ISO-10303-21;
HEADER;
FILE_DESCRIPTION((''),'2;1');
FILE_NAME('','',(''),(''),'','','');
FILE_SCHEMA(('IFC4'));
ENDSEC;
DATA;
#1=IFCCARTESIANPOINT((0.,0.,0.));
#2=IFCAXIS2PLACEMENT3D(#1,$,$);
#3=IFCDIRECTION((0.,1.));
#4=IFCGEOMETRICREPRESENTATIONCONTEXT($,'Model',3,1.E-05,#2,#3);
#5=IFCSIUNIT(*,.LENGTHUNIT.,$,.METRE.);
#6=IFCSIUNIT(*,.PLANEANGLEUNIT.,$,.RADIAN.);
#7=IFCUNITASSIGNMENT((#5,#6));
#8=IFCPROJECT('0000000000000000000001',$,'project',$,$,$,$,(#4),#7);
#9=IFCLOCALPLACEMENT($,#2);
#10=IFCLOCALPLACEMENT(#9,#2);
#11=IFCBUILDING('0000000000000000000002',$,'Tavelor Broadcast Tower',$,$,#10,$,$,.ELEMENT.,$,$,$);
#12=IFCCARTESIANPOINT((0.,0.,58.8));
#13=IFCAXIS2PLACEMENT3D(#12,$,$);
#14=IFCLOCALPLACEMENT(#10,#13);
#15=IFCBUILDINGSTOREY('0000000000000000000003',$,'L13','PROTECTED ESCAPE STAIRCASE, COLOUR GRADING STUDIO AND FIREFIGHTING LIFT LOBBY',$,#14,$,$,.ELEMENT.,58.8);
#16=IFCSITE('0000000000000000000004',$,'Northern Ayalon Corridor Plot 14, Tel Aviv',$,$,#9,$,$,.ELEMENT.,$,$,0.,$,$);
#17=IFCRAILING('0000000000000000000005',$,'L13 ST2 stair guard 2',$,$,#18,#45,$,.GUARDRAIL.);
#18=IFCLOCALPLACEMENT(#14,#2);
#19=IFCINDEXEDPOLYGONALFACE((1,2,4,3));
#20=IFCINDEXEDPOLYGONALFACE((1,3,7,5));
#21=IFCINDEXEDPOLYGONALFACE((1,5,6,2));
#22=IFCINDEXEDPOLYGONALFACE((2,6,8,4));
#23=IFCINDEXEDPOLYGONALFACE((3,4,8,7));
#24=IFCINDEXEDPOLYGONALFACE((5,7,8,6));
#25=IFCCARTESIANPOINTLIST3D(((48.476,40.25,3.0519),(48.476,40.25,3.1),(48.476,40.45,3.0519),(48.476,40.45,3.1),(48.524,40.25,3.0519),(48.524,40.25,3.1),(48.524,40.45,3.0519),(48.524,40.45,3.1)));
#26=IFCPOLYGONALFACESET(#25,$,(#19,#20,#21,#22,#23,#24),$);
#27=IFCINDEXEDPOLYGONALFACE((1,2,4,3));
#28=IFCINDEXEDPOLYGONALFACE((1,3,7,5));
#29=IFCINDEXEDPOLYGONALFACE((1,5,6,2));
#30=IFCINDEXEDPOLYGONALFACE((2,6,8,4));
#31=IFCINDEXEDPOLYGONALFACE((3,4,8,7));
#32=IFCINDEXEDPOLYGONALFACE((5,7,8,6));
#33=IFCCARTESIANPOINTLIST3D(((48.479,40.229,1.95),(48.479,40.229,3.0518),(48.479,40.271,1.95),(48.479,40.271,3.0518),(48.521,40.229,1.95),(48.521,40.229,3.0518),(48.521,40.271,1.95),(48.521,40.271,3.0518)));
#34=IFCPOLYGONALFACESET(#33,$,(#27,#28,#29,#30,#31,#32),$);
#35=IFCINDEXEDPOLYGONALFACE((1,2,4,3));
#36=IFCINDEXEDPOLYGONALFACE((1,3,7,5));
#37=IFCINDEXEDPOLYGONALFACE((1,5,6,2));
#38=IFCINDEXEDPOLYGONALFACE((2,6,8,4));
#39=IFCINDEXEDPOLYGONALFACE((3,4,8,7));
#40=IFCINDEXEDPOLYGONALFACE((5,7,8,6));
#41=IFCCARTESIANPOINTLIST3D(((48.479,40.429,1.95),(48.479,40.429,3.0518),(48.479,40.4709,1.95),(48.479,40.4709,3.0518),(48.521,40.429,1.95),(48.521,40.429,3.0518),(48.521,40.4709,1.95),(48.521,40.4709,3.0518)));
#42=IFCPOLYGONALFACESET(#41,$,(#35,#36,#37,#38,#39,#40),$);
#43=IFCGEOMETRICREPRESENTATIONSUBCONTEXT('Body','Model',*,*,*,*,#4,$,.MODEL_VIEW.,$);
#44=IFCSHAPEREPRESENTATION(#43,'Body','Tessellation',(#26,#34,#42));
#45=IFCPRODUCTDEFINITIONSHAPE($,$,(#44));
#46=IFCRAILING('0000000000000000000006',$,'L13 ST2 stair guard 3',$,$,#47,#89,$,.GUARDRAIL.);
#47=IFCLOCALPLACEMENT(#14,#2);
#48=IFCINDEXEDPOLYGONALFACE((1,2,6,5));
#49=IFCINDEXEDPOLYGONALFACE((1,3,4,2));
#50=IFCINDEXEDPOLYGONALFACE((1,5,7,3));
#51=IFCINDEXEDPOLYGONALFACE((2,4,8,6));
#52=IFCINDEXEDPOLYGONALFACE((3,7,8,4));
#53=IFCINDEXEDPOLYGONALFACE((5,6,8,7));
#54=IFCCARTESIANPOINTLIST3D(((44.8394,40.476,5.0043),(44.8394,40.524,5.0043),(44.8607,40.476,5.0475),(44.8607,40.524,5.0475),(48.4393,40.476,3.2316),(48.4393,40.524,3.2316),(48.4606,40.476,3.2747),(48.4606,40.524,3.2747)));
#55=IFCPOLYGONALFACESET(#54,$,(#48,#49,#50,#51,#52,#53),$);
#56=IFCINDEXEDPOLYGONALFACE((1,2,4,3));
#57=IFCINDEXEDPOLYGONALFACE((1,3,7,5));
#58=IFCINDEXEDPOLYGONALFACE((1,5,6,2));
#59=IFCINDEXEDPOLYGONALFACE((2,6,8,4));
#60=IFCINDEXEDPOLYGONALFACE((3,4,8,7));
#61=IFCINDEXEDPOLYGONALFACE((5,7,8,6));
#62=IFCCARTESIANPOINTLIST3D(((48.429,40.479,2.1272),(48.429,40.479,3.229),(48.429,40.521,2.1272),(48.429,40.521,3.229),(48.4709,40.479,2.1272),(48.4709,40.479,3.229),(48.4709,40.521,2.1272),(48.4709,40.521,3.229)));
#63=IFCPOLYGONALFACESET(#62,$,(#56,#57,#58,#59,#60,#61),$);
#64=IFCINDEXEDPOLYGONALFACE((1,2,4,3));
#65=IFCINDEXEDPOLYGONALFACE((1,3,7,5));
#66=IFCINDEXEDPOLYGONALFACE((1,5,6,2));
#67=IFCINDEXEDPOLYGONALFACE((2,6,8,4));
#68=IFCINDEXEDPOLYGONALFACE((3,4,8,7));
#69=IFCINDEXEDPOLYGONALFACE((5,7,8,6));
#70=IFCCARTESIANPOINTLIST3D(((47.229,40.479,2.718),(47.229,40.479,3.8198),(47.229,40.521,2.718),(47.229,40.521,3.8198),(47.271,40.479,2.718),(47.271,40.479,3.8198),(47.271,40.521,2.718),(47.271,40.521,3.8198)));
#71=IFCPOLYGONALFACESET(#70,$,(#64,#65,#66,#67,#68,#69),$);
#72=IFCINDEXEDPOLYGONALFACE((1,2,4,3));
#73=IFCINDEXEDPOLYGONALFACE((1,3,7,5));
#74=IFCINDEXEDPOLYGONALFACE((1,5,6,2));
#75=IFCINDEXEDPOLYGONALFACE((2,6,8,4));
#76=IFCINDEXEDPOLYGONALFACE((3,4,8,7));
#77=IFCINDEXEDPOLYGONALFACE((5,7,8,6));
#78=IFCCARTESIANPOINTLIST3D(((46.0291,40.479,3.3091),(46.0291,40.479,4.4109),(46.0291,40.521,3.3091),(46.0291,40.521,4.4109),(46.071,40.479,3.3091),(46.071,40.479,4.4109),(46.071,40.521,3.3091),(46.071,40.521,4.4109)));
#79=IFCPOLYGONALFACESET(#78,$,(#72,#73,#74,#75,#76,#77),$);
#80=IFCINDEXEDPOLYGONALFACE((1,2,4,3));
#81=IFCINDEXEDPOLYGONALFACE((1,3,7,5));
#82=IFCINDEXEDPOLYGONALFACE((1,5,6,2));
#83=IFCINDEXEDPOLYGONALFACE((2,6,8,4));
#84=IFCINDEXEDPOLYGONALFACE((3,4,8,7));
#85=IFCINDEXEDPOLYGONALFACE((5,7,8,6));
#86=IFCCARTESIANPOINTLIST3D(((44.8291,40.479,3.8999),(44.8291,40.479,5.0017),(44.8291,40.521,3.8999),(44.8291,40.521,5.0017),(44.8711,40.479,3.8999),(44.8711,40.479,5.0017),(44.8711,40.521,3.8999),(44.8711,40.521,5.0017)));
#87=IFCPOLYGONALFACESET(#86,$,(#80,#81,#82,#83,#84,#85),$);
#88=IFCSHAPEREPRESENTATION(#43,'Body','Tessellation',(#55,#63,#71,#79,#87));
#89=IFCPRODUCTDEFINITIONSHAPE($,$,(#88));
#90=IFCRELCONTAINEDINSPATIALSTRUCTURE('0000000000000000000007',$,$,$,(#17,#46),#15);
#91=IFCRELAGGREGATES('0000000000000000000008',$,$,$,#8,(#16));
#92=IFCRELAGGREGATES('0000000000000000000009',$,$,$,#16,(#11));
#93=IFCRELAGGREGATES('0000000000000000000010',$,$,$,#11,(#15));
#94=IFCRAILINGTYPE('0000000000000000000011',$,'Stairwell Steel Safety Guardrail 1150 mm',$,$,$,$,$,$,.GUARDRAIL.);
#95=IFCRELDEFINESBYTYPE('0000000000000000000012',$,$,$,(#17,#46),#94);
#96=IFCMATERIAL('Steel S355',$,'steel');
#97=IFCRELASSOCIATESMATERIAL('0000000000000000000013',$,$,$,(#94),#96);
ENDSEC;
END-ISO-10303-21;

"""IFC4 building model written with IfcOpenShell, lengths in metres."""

from ifc_helpers import new_model, si_unit, direction, frame, origin, origin_2d, place, context, subcontext, project, spatial, rectangle, extrude, material, type_object, element, save


model = new_model("IFC4")

# Units and contexts
model_context = context("Model", 3, precision=1e-05, world=origin(), true_north=direction((0.0, 1.0)))
body_context = subcontext(model_context, "Body", "Model", "MODEL_VIEW")
ifc_project = project(units=[si_unit("LENGTHUNIT", "METRE"), si_unit("PLANEANGLEUNIT", "RADIAN")], contexts=[model_context])

# Site, building, storey
site_placement = place(None, origin())
site = spatial("IfcSite", under=ifc_project, at=site_placement, Name="Northern Ayalon Corridor Plot 14, Tel Aviv", CompositionType="ELEMENT", RefElevation=0.0)
building_placement = place(site_placement, origin())
building = spatial("IfcBuilding", under=site, at=building_placement, Name="Tavelor Broadcast Tower", CompositionType="ELEMENT")
storey_placement = place(building_placement, frame((0.0, 0.0, 58.8)))
storey = spatial("IfcBuildingStorey", under=building, at=storey_placement, Name="L13", Description="PROTECTED ESCAPE STAIRCASE, COLOUR GRADING STUDIO AND FIREFIGHTING LIFT LOBBY", CompositionType="ELEMENT", Elevation=58.8)

# Shared definitions
ifc_material_1 = material(Name="Steel S355", Category="steel")

# Railings
railing_type_1 = type_object("IfcRailingType", Name="Stairwell Steel Safety Guardrail 1150 mm", PredefinedType="GUARDRAIL", material=ifc_material_1)
railing_1_placement = place(storey_placement, frame((48.5, 40.25, 1.95)))
element("IfcRailing", 1, at=railing_1_placement, inside=storey, type_object=railing_type_1, Name="L13 ST2 stair guard 2", PredefinedType="GUARDRAIL", context=body_context, shape_type="SweptSolid", body=[
    extrude(rectangle(XDim=0.0481, YDim=0.0481, at=origin_2d()), frame((0.0, 0.0, 1.126), z_axis=(0.0, 1.0, 0.0), x_axis=(-1.0, 0.0, 0.0)), (0.0, 0.0, 1.0), 0.2),
    extrude(rectangle(XDim=0.042, YDim=0.042, at=origin_2d()), origin(), (0.0, 0.0, 1.0), 1.1018),
    extrude(rectangle(XDim=0.042, YDim=0.042, at=origin_2d()), frame((0.0, 0.2, 0.0)), (0.0, 0.0, 1.0), 1.1018),
])
railing_2_placement = place(storey_placement, frame((48.45, 40.5, 2.1272)))
element("IfcRailing", 2, at=railing_2_placement, inside=storey, type_object=railing_type_1, Name="L13 ST2 stair guard 3", PredefinedType="GUARDRAIL", context=body_context, shape_type="SweptSolid", body=[
    extrude(rectangle(XDim=0.0481, YDim=0.0481, at=origin_2d()), frame((0.0, 0.0, 1.126), z_axis=(-0.897124, 0.0, 0.441778), x_axis=(0.0, -1.0, 0.0)), (0.0, 0.0, 1.0), 4.0127),
    extrude(rectangle(XDim=0.042, YDim=0.042, at=origin_2d()), origin(), (0.0, 0.0, 1.0), 1.1018),
    extrude(rectangle(XDim=0.042, YDim=0.042, at=origin_2d()), frame((-1.2, 0.0, 0.5908)), (0.0, 0.0, 1.0), 1.1018),
    extrude(rectangle(XDim=0.042, YDim=0.042, at=origin_2d()), frame((-2.3999, 0.0, 1.1819)), (0.0, 0.0, 1.0), 1.1018),
    extrude(rectangle(XDim=0.042, YDim=0.042, at=origin_2d()), frame((-3.5999, 0.0, 1.7727)), (0.0, 0.0, 1.0), 1.1018),
])

save(model, "model.ifc")
